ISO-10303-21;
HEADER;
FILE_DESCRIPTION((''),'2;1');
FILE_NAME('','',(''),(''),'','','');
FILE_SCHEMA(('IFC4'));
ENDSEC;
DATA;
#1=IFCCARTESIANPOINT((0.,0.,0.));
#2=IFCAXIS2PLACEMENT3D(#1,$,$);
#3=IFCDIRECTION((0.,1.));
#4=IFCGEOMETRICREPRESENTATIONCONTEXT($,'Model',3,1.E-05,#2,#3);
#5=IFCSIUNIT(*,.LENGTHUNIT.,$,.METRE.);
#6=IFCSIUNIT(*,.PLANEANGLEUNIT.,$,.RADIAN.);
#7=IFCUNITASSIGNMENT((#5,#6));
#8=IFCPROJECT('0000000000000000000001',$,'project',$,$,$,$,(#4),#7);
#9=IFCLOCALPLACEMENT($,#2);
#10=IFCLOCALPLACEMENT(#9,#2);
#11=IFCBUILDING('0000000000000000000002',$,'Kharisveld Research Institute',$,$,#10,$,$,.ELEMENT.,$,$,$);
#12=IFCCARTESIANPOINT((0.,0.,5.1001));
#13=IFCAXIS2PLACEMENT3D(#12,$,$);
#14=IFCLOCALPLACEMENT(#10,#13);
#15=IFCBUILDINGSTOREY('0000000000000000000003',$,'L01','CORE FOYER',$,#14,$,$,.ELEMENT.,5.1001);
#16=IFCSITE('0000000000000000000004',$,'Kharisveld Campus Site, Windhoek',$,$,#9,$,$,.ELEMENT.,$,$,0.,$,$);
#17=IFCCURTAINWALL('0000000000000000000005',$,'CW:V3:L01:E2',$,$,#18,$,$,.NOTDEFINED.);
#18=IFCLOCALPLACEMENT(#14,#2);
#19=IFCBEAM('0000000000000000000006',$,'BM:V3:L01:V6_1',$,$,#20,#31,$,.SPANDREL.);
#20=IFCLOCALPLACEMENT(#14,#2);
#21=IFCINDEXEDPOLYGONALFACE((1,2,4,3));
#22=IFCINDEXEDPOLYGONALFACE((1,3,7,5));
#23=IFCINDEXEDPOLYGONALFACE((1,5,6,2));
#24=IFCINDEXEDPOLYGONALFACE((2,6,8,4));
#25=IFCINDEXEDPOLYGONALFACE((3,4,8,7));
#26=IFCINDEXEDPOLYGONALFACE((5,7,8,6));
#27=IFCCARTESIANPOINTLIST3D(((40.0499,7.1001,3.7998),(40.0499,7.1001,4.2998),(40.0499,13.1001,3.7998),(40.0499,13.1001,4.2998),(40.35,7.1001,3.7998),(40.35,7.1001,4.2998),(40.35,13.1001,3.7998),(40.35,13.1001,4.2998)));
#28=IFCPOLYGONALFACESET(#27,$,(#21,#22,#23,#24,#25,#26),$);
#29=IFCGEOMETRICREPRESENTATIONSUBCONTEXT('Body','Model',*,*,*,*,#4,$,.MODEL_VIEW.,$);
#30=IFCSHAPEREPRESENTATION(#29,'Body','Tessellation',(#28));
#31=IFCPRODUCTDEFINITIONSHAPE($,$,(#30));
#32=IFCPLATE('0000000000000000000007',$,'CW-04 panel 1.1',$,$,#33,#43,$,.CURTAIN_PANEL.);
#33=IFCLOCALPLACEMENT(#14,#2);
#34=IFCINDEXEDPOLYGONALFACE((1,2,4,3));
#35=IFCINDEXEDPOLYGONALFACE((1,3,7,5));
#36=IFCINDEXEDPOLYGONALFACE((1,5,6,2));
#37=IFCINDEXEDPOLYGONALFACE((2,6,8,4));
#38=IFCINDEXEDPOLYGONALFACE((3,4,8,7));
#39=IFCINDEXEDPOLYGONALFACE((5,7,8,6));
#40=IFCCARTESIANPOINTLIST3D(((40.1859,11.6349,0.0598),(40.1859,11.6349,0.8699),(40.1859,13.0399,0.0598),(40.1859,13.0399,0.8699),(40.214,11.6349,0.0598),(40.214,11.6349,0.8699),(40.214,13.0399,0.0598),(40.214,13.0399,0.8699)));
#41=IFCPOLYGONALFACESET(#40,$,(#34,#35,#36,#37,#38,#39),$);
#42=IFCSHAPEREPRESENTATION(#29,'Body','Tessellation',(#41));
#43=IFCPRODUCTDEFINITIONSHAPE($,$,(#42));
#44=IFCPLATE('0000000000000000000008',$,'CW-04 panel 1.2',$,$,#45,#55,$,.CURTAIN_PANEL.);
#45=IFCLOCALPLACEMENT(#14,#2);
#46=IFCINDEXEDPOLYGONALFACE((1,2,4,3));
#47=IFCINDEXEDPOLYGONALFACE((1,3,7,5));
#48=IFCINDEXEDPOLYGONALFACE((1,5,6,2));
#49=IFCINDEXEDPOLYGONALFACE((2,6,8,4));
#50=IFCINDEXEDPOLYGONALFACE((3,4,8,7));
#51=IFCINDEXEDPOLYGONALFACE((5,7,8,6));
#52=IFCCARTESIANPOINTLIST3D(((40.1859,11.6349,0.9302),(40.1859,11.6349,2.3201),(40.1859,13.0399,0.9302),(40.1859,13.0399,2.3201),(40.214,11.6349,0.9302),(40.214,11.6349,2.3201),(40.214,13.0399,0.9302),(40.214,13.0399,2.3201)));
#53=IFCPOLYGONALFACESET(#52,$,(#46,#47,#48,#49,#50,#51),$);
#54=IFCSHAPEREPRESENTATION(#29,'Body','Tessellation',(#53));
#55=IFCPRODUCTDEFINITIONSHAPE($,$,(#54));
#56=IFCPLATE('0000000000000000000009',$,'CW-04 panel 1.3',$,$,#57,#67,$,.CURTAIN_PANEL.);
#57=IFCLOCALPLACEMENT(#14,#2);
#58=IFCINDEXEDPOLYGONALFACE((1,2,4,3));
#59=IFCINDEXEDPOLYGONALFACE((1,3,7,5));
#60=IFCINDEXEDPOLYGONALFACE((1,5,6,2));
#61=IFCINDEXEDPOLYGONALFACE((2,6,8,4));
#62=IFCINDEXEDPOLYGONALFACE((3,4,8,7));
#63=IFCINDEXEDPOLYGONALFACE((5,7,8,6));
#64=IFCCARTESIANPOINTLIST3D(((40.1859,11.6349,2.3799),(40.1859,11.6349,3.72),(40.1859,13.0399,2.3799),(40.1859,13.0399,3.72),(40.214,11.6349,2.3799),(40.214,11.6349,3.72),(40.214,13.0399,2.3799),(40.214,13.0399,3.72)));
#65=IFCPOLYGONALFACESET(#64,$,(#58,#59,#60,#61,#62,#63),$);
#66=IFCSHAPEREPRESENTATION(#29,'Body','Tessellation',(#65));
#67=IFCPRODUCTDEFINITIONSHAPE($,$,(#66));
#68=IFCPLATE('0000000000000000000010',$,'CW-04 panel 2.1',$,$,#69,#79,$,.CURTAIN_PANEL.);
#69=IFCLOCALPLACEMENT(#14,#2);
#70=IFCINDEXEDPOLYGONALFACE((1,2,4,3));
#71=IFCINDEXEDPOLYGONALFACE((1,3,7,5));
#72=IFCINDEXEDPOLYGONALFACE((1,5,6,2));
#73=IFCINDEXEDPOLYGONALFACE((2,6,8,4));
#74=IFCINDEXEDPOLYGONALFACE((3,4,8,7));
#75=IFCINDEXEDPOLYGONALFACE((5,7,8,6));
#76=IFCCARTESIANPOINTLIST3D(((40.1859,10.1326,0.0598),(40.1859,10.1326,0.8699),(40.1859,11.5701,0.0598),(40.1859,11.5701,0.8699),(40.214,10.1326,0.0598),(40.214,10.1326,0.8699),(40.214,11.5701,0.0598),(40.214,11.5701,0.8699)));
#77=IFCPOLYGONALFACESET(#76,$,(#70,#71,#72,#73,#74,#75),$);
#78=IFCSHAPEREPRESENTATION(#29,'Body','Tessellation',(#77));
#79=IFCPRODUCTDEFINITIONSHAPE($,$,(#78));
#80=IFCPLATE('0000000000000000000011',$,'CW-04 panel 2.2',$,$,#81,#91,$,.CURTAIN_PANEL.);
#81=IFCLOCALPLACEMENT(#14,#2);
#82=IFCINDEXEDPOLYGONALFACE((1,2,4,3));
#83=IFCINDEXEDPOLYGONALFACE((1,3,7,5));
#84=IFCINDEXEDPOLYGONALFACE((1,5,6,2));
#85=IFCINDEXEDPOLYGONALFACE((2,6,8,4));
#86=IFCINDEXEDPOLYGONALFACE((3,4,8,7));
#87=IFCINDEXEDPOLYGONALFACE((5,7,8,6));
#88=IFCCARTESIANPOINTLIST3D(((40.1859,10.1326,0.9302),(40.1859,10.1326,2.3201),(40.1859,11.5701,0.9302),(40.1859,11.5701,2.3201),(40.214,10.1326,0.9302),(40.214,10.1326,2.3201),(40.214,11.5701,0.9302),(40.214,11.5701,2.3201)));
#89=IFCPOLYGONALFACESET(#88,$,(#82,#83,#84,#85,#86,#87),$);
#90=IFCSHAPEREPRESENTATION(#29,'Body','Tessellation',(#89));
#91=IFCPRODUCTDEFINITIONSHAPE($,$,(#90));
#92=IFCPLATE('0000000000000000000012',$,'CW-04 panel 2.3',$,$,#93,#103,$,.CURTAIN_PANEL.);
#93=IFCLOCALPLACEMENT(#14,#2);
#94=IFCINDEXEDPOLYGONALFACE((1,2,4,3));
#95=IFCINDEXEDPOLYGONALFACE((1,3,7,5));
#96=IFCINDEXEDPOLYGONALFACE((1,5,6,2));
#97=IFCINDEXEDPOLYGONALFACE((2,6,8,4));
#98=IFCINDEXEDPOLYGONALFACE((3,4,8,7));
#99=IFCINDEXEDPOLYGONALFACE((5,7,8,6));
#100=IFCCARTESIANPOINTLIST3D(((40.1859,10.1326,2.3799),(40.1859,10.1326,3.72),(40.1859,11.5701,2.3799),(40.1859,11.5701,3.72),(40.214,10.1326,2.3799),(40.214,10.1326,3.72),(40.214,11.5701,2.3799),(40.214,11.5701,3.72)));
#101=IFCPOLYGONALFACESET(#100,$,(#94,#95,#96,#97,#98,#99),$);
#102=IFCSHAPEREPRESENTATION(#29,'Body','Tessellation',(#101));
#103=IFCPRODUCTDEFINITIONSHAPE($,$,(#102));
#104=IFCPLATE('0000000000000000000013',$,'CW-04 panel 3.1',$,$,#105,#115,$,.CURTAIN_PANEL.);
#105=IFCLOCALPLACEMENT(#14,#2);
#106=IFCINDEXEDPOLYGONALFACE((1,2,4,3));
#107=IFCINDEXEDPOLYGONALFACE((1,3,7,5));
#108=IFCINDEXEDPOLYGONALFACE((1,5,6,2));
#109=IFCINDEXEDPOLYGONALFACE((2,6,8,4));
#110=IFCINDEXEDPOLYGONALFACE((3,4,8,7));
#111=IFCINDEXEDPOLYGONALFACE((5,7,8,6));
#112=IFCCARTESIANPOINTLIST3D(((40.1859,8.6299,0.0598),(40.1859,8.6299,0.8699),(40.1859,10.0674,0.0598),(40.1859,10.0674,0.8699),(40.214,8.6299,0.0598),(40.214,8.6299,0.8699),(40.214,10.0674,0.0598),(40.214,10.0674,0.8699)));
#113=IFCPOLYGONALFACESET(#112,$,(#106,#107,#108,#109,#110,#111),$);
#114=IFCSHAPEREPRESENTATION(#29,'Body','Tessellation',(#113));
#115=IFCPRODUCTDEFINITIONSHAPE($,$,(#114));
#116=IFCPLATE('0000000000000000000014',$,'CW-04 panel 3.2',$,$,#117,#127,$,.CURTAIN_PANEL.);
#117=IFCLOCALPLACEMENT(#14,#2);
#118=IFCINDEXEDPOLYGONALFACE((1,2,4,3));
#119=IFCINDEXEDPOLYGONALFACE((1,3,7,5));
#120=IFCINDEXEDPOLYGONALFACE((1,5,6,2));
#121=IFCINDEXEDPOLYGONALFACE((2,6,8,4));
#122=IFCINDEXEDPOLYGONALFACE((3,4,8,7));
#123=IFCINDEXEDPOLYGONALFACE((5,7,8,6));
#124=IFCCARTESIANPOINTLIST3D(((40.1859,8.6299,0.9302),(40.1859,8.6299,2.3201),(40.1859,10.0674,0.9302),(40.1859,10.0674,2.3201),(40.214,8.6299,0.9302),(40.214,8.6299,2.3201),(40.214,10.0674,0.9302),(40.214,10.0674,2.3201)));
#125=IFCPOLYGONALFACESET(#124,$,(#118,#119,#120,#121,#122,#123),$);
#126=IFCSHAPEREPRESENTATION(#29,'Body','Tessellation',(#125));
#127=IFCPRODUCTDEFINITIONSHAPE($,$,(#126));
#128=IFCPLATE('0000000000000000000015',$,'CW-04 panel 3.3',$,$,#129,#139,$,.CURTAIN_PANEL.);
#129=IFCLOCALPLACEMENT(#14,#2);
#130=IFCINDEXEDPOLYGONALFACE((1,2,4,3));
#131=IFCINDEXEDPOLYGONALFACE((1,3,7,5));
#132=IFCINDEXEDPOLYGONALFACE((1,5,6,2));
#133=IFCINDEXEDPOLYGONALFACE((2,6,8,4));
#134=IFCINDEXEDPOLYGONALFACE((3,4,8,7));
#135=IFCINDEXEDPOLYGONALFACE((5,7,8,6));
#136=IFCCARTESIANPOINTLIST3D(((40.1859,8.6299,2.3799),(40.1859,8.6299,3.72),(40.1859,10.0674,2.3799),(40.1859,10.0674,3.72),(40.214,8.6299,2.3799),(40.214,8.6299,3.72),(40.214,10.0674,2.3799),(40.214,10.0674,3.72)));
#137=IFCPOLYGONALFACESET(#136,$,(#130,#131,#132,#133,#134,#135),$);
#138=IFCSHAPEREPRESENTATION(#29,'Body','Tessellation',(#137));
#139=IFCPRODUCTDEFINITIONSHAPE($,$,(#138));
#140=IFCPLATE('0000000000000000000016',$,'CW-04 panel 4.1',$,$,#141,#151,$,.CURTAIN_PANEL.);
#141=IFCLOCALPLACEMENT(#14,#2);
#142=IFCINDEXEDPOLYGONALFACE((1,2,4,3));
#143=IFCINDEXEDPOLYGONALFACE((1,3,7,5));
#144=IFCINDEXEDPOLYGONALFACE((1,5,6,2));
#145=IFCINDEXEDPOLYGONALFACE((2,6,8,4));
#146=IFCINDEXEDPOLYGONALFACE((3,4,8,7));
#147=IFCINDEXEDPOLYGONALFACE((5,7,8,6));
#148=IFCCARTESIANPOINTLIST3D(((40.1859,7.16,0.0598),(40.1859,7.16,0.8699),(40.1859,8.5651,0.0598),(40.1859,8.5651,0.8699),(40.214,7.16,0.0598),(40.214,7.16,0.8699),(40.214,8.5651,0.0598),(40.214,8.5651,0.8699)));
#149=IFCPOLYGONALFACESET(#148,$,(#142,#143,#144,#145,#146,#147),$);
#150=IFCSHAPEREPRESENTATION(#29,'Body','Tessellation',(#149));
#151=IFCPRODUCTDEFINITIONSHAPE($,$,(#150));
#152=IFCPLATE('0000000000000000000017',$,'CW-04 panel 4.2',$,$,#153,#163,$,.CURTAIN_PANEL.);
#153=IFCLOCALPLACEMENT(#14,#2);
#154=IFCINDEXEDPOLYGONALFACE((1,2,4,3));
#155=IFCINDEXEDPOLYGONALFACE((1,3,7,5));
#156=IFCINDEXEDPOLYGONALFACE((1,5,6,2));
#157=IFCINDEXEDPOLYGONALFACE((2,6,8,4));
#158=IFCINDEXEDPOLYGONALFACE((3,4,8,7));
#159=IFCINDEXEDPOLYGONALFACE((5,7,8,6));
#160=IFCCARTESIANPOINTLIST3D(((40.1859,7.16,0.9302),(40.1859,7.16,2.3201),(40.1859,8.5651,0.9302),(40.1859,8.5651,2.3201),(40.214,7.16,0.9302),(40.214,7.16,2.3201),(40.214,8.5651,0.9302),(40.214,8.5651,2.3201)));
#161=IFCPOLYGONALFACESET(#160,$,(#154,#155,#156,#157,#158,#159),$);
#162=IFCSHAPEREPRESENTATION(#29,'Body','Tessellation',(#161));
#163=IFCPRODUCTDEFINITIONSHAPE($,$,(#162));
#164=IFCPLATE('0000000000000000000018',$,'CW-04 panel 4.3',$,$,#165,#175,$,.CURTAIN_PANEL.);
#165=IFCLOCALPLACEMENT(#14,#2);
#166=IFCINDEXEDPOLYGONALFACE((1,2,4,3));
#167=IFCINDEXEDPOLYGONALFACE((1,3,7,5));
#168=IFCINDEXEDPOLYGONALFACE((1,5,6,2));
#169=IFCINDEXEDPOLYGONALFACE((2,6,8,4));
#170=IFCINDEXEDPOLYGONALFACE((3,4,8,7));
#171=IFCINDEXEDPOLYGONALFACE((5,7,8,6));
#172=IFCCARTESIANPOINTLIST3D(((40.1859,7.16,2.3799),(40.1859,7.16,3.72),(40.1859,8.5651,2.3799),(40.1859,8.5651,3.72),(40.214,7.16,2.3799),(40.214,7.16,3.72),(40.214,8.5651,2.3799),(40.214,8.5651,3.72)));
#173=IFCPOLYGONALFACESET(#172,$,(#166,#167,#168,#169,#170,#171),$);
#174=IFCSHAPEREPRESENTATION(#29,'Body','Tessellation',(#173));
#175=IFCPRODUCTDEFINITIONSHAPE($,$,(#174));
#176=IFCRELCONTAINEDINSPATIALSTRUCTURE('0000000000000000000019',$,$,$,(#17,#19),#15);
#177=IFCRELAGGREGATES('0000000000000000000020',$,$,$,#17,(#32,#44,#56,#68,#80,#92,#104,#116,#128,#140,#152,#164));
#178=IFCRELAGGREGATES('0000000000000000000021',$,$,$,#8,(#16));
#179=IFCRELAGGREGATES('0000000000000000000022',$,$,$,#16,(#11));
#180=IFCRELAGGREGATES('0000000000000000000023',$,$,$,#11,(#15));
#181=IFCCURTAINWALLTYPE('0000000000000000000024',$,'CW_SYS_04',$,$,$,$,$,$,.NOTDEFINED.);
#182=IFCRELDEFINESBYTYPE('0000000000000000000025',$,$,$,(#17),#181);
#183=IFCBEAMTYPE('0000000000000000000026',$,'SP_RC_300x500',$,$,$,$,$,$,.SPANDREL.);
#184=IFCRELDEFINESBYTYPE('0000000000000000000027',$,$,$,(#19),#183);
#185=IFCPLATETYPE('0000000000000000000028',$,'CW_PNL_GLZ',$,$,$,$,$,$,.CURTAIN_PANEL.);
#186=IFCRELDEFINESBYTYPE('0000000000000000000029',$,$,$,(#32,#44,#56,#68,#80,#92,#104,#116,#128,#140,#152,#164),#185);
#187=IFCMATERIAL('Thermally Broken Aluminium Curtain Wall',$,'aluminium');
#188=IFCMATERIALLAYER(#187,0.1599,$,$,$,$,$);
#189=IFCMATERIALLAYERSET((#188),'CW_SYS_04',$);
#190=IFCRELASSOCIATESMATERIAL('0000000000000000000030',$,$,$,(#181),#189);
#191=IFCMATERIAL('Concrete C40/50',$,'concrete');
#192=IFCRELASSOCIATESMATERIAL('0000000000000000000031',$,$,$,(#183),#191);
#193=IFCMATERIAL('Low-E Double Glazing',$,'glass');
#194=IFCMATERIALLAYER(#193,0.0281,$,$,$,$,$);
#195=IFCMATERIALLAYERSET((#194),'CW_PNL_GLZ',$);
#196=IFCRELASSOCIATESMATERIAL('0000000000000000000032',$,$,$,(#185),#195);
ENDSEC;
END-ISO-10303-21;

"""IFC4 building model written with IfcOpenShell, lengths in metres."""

from ifc_helpers import new_model, si_unit, direction, frame, origin, origin_2d, place, context, subcontext, project, spatial, rectangle, extrude, material, layer, layer_set, material_profile, profile_set, type_object, element, aggregate, save


model = new_model("IFC4")

# Units and contexts
model_context = context("Model", 3, precision=1e-05, world=origin(), true_north=direction((0.0, 1.0)))
body_context = subcontext(model_context, "Body", "Model", "MODEL_VIEW")
ifc_project = project(units=[si_unit("LENGTHUNIT", "METRE"), si_unit("PLANEANGLEUNIT", "RADIAN")], contexts=[model_context])

# Site, building, storey
site_placement = place(None, origin())
site = spatial("IfcSite", under=ifc_project, at=site_placement, Name="Kharisveld Campus Site, Windhoek", CompositionType="ELEMENT", RefElevation=0.0)
building_placement = place(site_placement, origin())
building = spatial("IfcBuilding", under=site, at=building_placement, Name="Kharisveld Research Institute", CompositionType="ELEMENT")
storey_placement = place(building_placement, frame((0.0, 0.0, 5.1001)))
storey = spatial("IfcBuildingStorey", under=building, at=storey_placement, Name="L01", Description="CORE FOYER", CompositionType="ELEMENT", Elevation=5.1001)

# Curtain wall
ifc_material_1 = material(Name="Thermally Broken Aluminium Curtain Wall", Category="aluminium")
ifc_layer_1 = layer(ifc_material_1, 0.1599)
ifc_layer_set_1 = layer_set([ifc_layer_1], Name="CW_SYS_04")
curtain_wall_type = type_object("IfcCurtainWallType", Name="CW_SYS_04", PredefinedType="NOTDEFINED", material=ifc_layer_set_1)
curtain_wall_placement = place(storey_placement, origin())
curtain_wall = element("IfcCurtainWall", 1, at=curtain_wall_placement, inside=storey, type_object=curtain_wall_type, Name="CW:V3:L01:E2", PredefinedType="NOTDEFINED")

# Beam
ifc_material_2 = material(Name="Concrete C40/50", Category="concrete")
ifc_material_profile_1 = material_profile(ifc_material_2, rectangle(XDim=0.3, YDim=0.5, at=origin_2d()))
ifc_profile_set_1 = profile_set([ifc_material_profile_1], Name="Concrete C40/50")
beam_type = type_object("IfcBeamType", Name="SP_RC_300x500", PredefinedType="SPANDREL", material=ifc_profile_set_1)
beam_placement = place(storey_placement, frame((40.2, 7.1001, 4.0498), z_axis=(0.0, 1.0, 0.0), x_axis=(-1.0, 0.0, 0.0)))
element("IfcBeam", 2, at=beam_placement, inside=storey, type_object=beam_type, Name="BM:V3:L01:V6_1", PredefinedType="SPANDREL", context=body_context, shape_type="SweptSolid", body=[
    extrude(rectangle(XDim=0.3, YDim=0.5, at=origin_2d()), origin(), (0.0, 0.0, 1.0), 6.0),
])

# Plates
ifc_material_3 = material(Name="Low-E Double Glazing", Category="glass")
ifc_layer_2 = layer(ifc_material_3, 0.0281)
ifc_layer_set_2 = layer_set([ifc_layer_2], Name="CW_PNL_GLZ")
plate_type = type_object("IfcPlateType", Name="CW_PNL_GLZ", PredefinedType="CURTAIN_PANEL", material=ifc_layer_set_2)
plate_1_placement = place(storey_placement, frame((40.2, 12.3374, 0.0598), z_axis=(0.0, 0.0, 1.0), x_axis=(0.0, -1.0, 0.0)))
plate_1 = element("IfcPlate", 3, at=plate_1_placement, type_object=plate_type, Name="CW-04 panel 1.1", PredefinedType="CURTAIN_PANEL", context=body_context, shape_type="SweptSolid", body=[
    extrude(rectangle(XDim=1.405, YDim=0.0281, at=origin_2d()), origin(), (0.0, 0.0, 1.0), 0.8101),
])
plate_2_placement = place(storey_placement, frame((40.2, 12.3374, 0.9302), z_axis=(0.0, 0.0, 1.0), x_axis=(0.0, -1.0, 0.0)))
plate_2 = element("IfcPlate", 4, at=plate_2_placement, type_object=plate_type, Name="CW-04 panel 1.2", PredefinedType="CURTAIN_PANEL", context=body_context, shape_type="SweptSolid", body=[
    extrude(rectangle(XDim=1.405, YDim=0.0281, at=origin_2d()), origin(), (0.0, 0.0, 1.0), 1.3899),
])
plate_3_placement = place(storey_placement, frame((40.2, 12.3374, 2.3799), z_axis=(0.0, 0.0, 1.0), x_axis=(0.0, -1.0, 0.0)))
plate_3 = element("IfcPlate", 5, at=plate_3_placement, type_object=plate_type, Name="CW-04 panel 1.3", PredefinedType="CURTAIN_PANEL", context=body_context, shape_type="SweptSolid", body=[
    extrude(rectangle(XDim=1.405, YDim=0.0281, at=origin_2d()), origin(), (0.0, 0.0, 1.0), 1.3401),
])
plate_4_placement = place(storey_placement, frame((40.2, 10.8513, 0.0598), z_axis=(0.0, 0.0, 1.0), x_axis=(0.0, -1.0, 0.0)))
plate_4 = element("IfcPlate", 6, at=plate_4_placement, type_object=plate_type, Name="CW-04 panel 2.1", PredefinedType="CURTAIN_PANEL", context=body_context, shape_type="SweptSolid", body=[
    extrude(rectangle(XDim=1.4375, YDim=0.0281, at=origin_2d()), origin(), (0.0, 0.0, 1.0), 0.8101),
])
plate_5_placement = place(storey_placement, frame((40.2, 10.8513, 0.9302), z_axis=(0.0, 0.0, 1.0), x_axis=(0.0, -1.0, 0.0)))
plate_5 = element("IfcPlate", 7, at=plate_5_placement, type_object=plate_type, Name="CW-04 panel 2.2", PredefinedType="CURTAIN_PANEL", context=body_context, shape_type="SweptSolid", body=[
    extrude(rectangle(XDim=1.4375, YDim=0.0281, at=origin_2d()), origin(), (0.0, 0.0, 1.0), 1.3899),
])
plate_6_placement = place(storey_placement, frame((40.2, 10.8513, 2.3799), z_axis=(0.0, 0.0, 1.0), x_axis=(0.0, -1.0, 0.0)))
plate_6 = element("IfcPlate", 8, at=plate_6_placement, type_object=plate_type, Name="CW-04 panel 2.3", PredefinedType="CURTAIN_PANEL", context=body_context, shape_type="SweptSolid", body=[
    extrude(rectangle(XDim=1.4375, YDim=0.0281, at=origin_2d()), origin(), (0.0, 0.0, 1.0), 1.3401),
])
plate_7_placement = place(storey_placement, frame((40.2, 9.3486, 0.0598), z_axis=(0.0, 0.0, 1.0), x_axis=(0.0, -1.0, 0.0)))
plate_7 = element("IfcPlate", 9, at=plate_7_placement, type_object=plate_type, Name="CW-04 panel 3.1", PredefinedType="CURTAIN_PANEL", context=body_context, shape_type="SweptSolid", body=[
    extrude(rectangle(XDim=1.4375, YDim=0.0281, at=origin_2d()), origin(), (0.0, 0.0, 1.0), 0.8101),
])
plate_8_placement = place(storey_placement, frame((40.2, 9.3486, 0.9302), z_axis=(0.0, 0.0, 1.0), x_axis=(0.0, -1.0, 0.0)))
plate_8 = element("IfcPlate", 10, at=plate_8_placement, type_object=plate_type, Name="CW-04 panel 3.2", PredefinedType="CURTAIN_PANEL", context=body_context, shape_type="SweptSolid", body=[
    extrude(rectangle(XDim=1.4375, YDim=0.0281, at=origin_2d()), origin(), (0.0, 0.0, 1.0), 1.3899),
])
plate_9_placement = place(storey_placement, frame((40.2, 9.3486, 2.3799), z_axis=(0.0, 0.0, 1.0), x_axis=(0.0, -1.0, 0.0)))
plate_9 = element("IfcPlate", 11, at=plate_9_placement, type_object=plate_type, Name="CW-04 panel 3.3", PredefinedType="CURTAIN_PANEL", context=body_context, shape_type="SweptSolid", body=[
    extrude(rectangle(XDim=1.4375, YDim=0.0281, at=origin_2d()), origin(), (0.0, 0.0, 1.0), 1.3401),
])
plate_10_placement = place(storey_placement, frame((40.2, 7.8625, 0.0598), z_axis=(0.0, 0.0, 1.0), x_axis=(0.0, -1.0, 0.0)))
plate_10 = element("IfcPlate", 12, at=plate_10_placement, type_object=plate_type, Name="CW-04 panel 4.1", PredefinedType="CURTAIN_PANEL", context=body_context, shape_type="SweptSolid", body=[
    extrude(rectangle(XDim=1.405, YDim=0.0281, at=origin_2d()), origin(), (0.0, 0.0, 1.0), 0.8101),
])
plate_11_placement = place(storey_placement, frame((40.2, 7.8625, 0.9302), z_axis=(0.0, 0.0, 1.0), x_axis=(0.0, -1.0, 0.0)))
plate_11 = element("IfcPlate", 13, at=plate_11_placement, type_object=plate_type, Name="CW-04 panel 4.2", PredefinedType="CURTAIN_PANEL", context=body_context, shape_type="SweptSolid", body=[
    extrude(rectangle(XDim=1.405, YDim=0.0281, at=origin_2d()), origin(), (0.0, 0.0, 1.0), 1.3899),
])
plate_12_placement = place(storey_placement, frame((40.2, 7.8625, 2.3799), z_axis=(0.0, 0.0, 1.0), x_axis=(0.0, -1.0, 0.0)))
plate_12 = element("IfcPlate", 14, at=plate_12_placement, type_object=plate_type, Name="CW-04 panel 4.3", PredefinedType="CURTAIN_PANEL", context=body_context, shape_type="SweptSolid", body=[
    extrude(rectangle(XDim=1.405, YDim=0.0281, at=origin_2d()), origin(), (0.0, 0.0, 1.0), 1.3401),
])
aggregate(curtain_wall, [plate_1, plate_2, plate_3, plate_4, plate_5, plate_6, plate_7, plate_8, plate_9, plate_10, plate_11, plate_12])

save(model, "model.ifc")
